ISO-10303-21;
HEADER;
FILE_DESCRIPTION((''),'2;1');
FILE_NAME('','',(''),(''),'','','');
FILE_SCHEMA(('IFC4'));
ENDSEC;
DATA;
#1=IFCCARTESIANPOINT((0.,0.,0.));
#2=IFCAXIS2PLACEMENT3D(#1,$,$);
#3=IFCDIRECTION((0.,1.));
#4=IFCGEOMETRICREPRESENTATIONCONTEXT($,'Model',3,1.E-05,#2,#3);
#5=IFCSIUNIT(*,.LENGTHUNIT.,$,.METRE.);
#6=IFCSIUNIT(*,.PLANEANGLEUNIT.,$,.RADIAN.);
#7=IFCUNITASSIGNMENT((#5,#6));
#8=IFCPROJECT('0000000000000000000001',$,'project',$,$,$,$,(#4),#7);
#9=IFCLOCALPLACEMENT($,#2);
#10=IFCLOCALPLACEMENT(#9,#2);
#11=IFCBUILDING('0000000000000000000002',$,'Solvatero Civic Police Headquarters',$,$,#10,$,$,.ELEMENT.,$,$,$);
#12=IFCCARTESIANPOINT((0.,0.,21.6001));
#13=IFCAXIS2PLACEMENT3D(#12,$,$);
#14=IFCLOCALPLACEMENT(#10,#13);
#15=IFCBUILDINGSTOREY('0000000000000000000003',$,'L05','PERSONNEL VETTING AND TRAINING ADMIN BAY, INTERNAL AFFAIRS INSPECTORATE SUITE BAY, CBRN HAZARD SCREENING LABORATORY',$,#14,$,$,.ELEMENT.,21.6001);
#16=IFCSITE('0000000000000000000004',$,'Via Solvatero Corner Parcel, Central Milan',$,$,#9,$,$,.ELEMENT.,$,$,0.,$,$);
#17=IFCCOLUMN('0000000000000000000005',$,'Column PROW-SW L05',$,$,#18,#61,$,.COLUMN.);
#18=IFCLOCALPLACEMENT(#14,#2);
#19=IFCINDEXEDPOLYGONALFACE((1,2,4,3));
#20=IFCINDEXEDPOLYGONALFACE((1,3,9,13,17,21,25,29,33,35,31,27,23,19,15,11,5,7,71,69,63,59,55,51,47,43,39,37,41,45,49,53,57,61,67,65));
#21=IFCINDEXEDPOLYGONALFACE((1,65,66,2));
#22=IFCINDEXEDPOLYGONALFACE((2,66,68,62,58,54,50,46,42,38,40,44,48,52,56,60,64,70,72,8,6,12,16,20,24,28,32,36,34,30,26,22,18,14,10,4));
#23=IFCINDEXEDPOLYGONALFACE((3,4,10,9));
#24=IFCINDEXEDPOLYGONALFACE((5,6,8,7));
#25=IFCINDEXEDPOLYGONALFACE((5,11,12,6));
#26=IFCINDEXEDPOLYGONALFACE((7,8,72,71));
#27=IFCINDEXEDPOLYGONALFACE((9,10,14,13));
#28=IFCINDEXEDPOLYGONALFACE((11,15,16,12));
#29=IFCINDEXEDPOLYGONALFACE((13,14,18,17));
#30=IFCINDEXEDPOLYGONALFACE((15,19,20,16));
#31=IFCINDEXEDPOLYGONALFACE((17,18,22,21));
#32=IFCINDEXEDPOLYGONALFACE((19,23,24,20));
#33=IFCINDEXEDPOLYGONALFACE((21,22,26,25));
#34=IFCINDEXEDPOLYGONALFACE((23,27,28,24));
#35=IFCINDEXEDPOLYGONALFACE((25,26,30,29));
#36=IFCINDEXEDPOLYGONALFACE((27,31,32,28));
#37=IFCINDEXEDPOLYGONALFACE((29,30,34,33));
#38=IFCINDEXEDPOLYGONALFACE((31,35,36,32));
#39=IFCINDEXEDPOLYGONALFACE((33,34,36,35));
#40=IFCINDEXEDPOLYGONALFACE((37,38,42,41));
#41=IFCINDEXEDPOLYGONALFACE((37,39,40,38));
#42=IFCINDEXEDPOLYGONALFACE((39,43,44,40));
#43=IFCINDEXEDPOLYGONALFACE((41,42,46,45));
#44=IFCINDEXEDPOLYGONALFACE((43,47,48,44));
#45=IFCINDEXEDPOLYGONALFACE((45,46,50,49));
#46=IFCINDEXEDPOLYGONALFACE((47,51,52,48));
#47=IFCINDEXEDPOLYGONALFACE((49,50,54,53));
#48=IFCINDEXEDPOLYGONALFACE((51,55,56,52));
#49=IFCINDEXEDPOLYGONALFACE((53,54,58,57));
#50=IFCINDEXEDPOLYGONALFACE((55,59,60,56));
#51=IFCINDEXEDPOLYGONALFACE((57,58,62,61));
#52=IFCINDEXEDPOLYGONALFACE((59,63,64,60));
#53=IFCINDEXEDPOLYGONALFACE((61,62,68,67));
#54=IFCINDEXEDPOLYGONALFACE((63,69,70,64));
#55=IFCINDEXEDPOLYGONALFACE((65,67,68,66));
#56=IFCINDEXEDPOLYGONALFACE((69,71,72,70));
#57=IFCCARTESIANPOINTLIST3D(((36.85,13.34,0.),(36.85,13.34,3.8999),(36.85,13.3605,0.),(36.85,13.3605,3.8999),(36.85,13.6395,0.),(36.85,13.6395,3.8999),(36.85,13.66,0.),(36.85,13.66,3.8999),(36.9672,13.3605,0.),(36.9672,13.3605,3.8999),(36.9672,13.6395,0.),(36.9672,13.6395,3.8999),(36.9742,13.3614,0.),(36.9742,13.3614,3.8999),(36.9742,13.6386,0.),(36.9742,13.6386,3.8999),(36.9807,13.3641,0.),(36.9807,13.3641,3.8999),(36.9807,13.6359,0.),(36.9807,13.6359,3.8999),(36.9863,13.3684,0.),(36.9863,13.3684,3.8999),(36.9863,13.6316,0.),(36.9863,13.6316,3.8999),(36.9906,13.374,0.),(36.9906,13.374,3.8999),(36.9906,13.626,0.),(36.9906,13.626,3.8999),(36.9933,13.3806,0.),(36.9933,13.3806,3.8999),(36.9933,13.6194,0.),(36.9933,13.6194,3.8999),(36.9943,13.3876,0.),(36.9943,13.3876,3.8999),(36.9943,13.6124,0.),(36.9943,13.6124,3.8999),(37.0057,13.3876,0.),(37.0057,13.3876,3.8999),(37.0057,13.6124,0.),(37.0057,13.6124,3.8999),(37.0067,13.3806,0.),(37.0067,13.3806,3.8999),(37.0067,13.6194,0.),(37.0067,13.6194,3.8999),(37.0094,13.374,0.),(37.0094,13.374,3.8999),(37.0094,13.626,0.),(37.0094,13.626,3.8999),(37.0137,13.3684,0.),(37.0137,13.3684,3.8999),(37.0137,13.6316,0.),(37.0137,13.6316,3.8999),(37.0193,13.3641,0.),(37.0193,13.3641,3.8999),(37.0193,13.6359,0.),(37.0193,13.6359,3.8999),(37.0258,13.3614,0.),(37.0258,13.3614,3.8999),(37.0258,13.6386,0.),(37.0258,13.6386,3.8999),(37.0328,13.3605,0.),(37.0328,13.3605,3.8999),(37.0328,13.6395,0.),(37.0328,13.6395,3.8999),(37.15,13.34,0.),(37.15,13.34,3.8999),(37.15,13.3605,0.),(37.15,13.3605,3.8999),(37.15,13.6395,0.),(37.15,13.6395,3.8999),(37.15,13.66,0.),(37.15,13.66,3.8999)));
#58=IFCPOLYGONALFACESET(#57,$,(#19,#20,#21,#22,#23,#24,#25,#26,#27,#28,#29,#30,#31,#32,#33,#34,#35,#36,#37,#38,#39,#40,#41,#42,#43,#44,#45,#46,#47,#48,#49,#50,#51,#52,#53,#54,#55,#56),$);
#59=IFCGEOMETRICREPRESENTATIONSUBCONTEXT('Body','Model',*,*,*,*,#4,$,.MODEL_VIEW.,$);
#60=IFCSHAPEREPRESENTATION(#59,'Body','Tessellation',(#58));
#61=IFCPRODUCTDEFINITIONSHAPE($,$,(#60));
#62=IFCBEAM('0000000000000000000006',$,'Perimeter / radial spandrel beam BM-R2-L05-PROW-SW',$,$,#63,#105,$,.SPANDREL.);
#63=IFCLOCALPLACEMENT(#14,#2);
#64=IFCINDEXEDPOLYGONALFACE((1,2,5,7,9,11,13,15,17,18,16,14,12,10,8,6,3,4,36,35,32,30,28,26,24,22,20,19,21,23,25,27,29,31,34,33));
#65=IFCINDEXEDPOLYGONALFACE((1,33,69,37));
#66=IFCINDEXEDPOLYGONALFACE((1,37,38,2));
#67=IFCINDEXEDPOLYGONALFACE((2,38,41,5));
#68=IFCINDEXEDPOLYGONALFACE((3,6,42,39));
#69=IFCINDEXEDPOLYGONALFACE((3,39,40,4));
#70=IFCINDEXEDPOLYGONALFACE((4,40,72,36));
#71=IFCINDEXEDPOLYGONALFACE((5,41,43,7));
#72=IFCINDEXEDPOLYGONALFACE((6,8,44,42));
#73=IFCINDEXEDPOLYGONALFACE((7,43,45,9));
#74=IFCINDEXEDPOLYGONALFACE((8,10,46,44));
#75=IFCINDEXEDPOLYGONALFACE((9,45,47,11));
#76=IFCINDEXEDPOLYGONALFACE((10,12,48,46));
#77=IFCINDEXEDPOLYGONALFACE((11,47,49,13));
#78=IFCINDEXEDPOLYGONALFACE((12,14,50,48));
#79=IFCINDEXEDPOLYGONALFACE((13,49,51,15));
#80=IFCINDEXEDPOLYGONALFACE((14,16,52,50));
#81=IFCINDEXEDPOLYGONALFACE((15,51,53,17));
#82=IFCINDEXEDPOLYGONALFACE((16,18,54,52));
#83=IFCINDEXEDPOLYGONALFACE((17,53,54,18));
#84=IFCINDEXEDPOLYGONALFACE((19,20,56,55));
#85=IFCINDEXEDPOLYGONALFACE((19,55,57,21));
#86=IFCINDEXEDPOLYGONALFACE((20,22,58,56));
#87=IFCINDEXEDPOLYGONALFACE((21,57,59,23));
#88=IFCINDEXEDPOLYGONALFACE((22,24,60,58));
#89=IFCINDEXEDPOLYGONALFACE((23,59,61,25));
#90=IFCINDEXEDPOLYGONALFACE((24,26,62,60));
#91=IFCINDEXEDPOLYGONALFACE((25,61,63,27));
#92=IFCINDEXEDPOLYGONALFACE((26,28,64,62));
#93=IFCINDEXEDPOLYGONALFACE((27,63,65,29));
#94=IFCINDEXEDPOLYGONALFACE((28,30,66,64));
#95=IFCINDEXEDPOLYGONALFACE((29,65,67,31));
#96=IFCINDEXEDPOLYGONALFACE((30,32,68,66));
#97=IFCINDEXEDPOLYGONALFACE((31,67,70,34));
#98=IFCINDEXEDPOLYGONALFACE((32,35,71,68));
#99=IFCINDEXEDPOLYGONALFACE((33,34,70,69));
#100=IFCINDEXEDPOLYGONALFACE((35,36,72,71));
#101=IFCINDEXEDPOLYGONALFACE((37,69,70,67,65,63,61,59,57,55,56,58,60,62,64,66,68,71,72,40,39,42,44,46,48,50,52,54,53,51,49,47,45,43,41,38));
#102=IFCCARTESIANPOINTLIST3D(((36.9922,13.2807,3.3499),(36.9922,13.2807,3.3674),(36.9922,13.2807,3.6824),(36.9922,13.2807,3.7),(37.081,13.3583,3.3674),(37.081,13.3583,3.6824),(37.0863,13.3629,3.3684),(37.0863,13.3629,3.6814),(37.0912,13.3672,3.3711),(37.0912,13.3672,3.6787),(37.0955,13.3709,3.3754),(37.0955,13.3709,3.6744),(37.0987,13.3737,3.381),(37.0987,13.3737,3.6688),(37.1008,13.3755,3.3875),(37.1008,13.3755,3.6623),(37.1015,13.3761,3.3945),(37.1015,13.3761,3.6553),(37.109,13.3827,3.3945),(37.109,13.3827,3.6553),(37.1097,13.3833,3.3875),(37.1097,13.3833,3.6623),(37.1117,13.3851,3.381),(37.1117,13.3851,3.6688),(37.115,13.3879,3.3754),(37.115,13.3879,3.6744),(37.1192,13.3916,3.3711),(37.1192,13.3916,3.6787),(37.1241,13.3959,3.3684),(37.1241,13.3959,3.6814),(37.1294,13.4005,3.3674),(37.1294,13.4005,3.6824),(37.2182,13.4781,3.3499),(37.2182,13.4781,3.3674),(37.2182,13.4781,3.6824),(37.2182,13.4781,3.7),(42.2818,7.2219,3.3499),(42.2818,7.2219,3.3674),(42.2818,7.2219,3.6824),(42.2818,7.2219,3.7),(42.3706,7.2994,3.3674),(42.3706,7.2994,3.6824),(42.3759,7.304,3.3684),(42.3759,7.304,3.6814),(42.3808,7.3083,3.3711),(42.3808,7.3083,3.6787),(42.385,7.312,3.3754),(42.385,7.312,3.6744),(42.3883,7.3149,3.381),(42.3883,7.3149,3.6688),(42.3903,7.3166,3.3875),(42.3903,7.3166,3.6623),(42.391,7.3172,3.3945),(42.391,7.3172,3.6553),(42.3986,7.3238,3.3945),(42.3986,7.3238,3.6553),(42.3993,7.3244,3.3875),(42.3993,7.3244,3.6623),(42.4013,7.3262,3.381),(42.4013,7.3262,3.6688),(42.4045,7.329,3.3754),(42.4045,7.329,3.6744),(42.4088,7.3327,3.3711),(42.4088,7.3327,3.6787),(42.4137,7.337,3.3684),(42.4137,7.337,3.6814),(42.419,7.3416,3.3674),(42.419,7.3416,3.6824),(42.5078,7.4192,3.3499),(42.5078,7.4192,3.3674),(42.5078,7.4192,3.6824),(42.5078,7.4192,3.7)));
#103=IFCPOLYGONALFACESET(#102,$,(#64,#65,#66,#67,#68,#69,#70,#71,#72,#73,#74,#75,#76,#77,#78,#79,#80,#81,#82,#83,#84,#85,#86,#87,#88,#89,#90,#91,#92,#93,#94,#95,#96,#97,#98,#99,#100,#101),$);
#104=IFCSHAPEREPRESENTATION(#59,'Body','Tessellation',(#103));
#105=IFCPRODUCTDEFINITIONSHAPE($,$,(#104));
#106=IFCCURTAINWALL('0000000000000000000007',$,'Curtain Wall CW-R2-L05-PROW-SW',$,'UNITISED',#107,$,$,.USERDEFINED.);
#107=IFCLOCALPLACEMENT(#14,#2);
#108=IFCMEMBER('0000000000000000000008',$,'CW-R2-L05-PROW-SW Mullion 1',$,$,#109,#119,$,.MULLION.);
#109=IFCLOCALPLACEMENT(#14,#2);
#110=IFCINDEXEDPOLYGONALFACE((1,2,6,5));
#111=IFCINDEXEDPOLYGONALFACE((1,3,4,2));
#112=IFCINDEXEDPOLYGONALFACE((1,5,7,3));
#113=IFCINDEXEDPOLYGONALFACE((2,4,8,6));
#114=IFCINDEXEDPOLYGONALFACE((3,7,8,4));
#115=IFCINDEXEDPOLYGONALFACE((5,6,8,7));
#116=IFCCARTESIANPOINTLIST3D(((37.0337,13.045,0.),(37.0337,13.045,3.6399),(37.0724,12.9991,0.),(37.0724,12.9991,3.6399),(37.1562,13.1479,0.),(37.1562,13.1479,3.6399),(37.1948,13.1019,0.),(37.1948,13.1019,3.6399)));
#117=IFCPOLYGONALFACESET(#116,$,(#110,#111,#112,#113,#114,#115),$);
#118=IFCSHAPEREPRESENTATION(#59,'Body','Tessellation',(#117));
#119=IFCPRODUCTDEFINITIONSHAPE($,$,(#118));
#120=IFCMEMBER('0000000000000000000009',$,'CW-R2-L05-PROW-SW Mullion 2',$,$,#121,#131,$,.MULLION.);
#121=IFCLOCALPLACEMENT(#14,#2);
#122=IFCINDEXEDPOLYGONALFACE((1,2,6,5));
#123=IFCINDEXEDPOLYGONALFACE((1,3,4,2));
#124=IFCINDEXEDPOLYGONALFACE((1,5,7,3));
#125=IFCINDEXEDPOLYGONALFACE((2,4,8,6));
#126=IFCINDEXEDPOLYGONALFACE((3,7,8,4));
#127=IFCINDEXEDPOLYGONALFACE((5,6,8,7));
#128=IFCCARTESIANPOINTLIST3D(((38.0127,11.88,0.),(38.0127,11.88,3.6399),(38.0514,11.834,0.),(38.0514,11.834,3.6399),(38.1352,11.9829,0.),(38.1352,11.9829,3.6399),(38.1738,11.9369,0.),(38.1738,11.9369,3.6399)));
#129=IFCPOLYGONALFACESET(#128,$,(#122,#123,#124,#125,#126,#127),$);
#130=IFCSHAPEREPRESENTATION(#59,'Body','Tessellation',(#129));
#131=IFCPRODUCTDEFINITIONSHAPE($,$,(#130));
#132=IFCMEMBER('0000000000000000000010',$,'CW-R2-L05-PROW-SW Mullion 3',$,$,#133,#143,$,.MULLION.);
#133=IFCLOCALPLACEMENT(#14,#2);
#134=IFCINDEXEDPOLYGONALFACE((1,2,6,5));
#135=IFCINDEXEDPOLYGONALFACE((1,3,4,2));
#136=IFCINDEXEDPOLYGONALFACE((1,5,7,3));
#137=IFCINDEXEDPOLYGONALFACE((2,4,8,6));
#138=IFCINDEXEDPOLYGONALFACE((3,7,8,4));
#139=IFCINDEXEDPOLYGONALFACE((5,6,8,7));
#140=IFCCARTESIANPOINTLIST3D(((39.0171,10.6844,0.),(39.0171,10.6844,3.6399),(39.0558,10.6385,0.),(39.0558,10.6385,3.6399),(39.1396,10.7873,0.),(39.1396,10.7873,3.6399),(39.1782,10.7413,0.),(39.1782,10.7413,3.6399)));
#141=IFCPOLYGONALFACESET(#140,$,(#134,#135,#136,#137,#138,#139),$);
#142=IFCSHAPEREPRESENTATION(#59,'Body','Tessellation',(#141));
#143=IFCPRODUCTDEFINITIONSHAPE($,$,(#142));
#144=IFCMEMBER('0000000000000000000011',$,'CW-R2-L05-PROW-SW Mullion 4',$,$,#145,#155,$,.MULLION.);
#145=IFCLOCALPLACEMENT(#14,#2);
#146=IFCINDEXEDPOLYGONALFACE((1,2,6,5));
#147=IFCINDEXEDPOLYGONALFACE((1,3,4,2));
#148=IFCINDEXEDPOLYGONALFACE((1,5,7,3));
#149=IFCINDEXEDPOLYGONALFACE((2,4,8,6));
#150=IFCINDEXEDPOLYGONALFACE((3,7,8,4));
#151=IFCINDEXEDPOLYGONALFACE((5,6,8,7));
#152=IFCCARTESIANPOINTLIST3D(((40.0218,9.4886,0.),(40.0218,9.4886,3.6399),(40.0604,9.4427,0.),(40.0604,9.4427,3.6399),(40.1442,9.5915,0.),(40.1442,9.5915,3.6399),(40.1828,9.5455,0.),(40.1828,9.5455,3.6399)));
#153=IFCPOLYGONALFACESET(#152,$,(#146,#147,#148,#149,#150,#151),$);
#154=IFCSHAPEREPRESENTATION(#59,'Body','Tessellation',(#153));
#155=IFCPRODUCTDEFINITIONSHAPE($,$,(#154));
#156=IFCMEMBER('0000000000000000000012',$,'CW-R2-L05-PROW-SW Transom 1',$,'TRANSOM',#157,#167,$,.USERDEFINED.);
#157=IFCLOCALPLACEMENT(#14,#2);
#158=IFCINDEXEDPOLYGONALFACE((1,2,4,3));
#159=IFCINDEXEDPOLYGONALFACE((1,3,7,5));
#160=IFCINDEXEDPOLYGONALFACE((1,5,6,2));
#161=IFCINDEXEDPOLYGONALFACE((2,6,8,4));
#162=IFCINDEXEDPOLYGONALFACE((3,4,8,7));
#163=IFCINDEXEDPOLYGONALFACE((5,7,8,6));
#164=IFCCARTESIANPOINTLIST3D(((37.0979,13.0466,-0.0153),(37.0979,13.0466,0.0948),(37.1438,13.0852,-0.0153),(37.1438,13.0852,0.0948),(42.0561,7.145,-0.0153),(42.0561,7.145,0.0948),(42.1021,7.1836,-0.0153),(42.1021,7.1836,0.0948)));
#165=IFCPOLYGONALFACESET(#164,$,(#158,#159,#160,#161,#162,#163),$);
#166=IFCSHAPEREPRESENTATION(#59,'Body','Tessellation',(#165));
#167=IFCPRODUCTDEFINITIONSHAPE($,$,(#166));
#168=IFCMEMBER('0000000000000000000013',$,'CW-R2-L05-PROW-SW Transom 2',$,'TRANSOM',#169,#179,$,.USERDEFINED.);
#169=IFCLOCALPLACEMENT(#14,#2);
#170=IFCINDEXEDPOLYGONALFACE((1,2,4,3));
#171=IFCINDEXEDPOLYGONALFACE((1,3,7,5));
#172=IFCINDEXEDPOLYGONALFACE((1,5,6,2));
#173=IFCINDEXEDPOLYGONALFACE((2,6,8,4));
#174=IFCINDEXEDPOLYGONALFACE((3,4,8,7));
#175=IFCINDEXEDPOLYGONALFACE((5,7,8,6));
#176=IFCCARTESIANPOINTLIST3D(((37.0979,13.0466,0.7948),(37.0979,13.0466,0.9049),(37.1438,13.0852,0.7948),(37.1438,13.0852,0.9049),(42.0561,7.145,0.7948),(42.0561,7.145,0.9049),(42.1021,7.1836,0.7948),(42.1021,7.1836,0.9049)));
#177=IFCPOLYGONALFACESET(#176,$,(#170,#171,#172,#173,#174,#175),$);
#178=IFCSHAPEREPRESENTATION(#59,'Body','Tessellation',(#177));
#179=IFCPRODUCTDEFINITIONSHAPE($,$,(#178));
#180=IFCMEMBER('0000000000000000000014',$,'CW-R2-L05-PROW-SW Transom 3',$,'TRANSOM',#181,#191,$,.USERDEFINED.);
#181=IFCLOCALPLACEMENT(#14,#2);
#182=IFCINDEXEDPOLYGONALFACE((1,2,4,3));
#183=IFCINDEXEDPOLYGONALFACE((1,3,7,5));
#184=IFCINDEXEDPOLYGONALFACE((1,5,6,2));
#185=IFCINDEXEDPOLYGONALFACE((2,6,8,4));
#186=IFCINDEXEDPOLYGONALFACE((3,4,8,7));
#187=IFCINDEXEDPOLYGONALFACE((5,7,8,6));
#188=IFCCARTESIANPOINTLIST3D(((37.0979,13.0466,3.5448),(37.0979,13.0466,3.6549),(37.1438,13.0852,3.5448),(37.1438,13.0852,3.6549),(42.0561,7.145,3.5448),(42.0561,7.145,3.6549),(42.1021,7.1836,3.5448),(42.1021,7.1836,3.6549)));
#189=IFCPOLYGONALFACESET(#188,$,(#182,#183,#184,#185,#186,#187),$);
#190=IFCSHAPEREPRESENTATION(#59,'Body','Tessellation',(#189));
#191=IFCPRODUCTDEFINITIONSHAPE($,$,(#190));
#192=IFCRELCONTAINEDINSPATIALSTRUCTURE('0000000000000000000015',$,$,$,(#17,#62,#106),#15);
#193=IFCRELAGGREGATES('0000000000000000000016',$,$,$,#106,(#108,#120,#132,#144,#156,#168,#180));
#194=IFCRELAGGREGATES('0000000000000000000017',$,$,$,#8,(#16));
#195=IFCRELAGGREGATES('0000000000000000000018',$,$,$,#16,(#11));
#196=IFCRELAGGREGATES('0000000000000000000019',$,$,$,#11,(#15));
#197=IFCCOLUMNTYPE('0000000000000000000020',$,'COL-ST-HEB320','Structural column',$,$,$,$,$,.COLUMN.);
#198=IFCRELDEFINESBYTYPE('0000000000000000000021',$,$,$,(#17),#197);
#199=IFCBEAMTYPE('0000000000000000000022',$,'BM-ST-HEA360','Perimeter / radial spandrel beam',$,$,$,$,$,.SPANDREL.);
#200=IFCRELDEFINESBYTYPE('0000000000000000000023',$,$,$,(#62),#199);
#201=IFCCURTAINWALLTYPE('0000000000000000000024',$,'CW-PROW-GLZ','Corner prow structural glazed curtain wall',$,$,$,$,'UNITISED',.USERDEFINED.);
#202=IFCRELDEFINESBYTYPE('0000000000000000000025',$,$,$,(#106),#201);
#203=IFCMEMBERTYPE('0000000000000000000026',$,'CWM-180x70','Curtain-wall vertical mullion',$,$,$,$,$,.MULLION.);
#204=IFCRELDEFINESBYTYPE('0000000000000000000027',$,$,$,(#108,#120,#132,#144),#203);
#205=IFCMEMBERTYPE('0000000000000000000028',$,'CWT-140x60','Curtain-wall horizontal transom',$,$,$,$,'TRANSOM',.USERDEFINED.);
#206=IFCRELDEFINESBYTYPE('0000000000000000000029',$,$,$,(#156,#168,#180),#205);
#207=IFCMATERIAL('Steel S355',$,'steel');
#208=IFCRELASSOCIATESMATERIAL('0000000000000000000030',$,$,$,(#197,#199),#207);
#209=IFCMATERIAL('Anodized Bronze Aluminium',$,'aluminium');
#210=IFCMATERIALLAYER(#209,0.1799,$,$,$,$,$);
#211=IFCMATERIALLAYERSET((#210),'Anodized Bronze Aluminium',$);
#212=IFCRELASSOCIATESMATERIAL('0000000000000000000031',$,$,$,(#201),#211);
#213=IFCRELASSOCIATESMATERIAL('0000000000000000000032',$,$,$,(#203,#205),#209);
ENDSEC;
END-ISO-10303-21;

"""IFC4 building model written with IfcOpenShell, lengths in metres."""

from ifc_helpers import new_model, si_unit, direction, frame, origin, origin_2d, place, context, subcontext, project, spatial, rectangle, i_section, extrude, material, layer, layer_set, material_profile, profile_set, type_object, element, aggregate, save


model = new_model("IFC4")

# Units and contexts
model_context = context("Model", 3, precision=1e-05, world=origin(), true_north=direction((0.0, 1.0)))
body_context = subcontext(model_context, "Body", "Model", "MODEL_VIEW")
ifc_project = project(units=[si_unit("LENGTHUNIT", "METRE"), si_unit("PLANEANGLEUNIT", "RADIAN")], contexts=[model_context])

# Site, building, storey
site_placement = place(None, origin())
site = spatial("IfcSite", under=ifc_project, at=site_placement, Name="Via Solvatero Corner Parcel, Central Milan", CompositionType="ELEMENT", RefElevation=0.0)
building_placement = place(site_placement, origin())
building = spatial("IfcBuilding", under=site, at=building_placement, Name="Solvatero Civic Police Headquarters", CompositionType="ELEMENT")
storey_placement = place(building_placement, frame((0.0, 0.0, 21.6001)))
storey = spatial("IfcBuildingStorey", under=building, at=storey_placement, Name="L05", Description="PERSONNEL VETTING AND TRAINING ADMIN BAY, INTERNAL AFFAIRS INSPECTORATE SUITE BAY, CBRN HAZARD SCREENING LABORATORY", CompositionType="ELEMENT", Elevation=21.6001)

# Column
ifc_material_1 = material(Name="Steel S355", Category="steel")
ifc_material_profile_1 = material_profile(ifc_material_1, i_section(OverallWidth=0.3, OverallDepth=0.3201, WebThickness=0.0115, FlangeThickness=0.0205, FilletRadius=0.0271, at=origin_2d()), Name="HEB 320")
ifc_profile_set_1 = profile_set([ifc_material_profile_1], Name="Steel S355")
column_type = type_object("IfcColumnType", Name="COL-ST-HEB320", Description="Structural column", PredefinedType="COLUMN", material=ifc_profile_set_1)
column_placement = place(storey_placement, frame((37.0, 13.5, 0.0), z_axis=(0.0, 0.0, 1.0), x_axis=(1.0, 0.0, 0.0)))
element("IfcColumn", 1, at=column_placement, inside=storey, type_object=column_type, Name="Column PROW-SW L05", PredefinedType="COLUMN", context=body_context, shape_type="SweptSolid", body=[
    extrude(i_section(OverallWidth=0.3, OverallDepth=0.3201, WebThickness=0.0115, FlangeThickness=0.0205, FilletRadius=0.0271, at=origin_2d()), origin(), (0.0, 0.0, 1.0), 3.8999),
])

# Beam
ifc_material_profile_2 = material_profile(ifc_material_1, i_section(OverallWidth=0.3, OverallDepth=0.3501, WebThickness=0.01, FlangeThickness=0.0176, FilletRadius=0.0271, at=origin_2d()), Name="HEA 360")
ifc_profile_set_2 = profile_set([ifc_material_profile_2], Name="Steel S355")
beam_type = type_object("IfcBeamType", Name="BM-ST-HEA360", Description="Perimeter / radial spandrel beam", PredefinedType="SPANDREL", material=ifc_profile_set_2)
beam_placement = place(storey_placement, frame((37.1052, 13.3794, 3.5249), z_axis=(0.657664, -0.753311, 0.0), x_axis=(0.753311, 0.657664, 0.0)))
element("IfcBeam", 2, at=beam_placement, inside=storey, type_object=beam_type, Name="Perimeter / radial spandrel beam BM-R2-L05-PROW-SW", PredefinedType="SPANDREL", context=body_context, shape_type="SweptSolid", body=[
    extrude(i_section(OverallWidth=0.3, OverallDepth=0.3501, WebThickness=0.01, FlangeThickness=0.0176, FilletRadius=0.0271, at=origin_2d()), origin(), (0.0, 0.0, 1.0), 8.043),
])

# Curtain wall, members
ifc_material_2 = material(Name="Anodized Bronze Aluminium", Category="aluminium")
ifc_layer_1 = layer(ifc_material_2, 0.1799)
ifc_layer_set_1 = layer_set([ifc_layer_1], Name="Anodized Bronze Aluminium")
curtain_wall_type = type_object("IfcCurtainWallType", Name="CW-PROW-GLZ", Description="Corner prow structural glazed curtain wall", ElementType="UNITISED", PredefinedType="USERDEFINED", material=ifc_layer_set_1)
curtain_wall_placement = place(storey_placement, origin())
curtain_wall = element("IfcCurtainWall", 3, at=curtain_wall_placement, inside=storey, type_object=curtain_wall_type, Name="Curtain Wall CW-R2-L05-PROW-SW", ObjectType="UNITISED", PredefinedType="USERDEFINED")
ifc_material_profile_3 = material_profile(ifc_material_2, rectangle(XDim=0.0601, YDim=0.1599, at=origin_2d()), Name="ALU MULLION 60x160")
ifc_profile_set_3 = profile_set([ifc_material_profile_3], Name="Anodized Bronze Aluminium")
member_type_1 = type_object("IfcMemberType", Name="CWM-180x70", Description="Curtain-wall vertical mullion", PredefinedType="MULLION", material=ifc_profile_set_3)
member_1_placement = place(storey_placement, frame((37.1143, 13.0735, 0.0), z_axis=(0.0, 0.0, 1.0), x_axis=(0.643282, -0.765629, 0.0)))
member_1 = element("IfcMember", 4, at=member_1_placement, type_object=member_type_1, Name="CW-R2-L05-PROW-SW Mullion 1", PredefinedType="MULLION", context=body_context, shape_type="SweptSolid", body=[
    extrude(rectangle(XDim=0.0601, YDim=0.1599, at=origin_2d()), origin(), (0.0, 0.0, 1.0), 3.6399),
])
member_2_placement = place(storey_placement, frame((38.0933, 11.9084, 0.0), z_axis=(0.0, 0.0, 1.0), x_axis=(0.643282, -0.765629, 0.0)))
member_2 = element("IfcMember", 5, at=member_2_placement, type_object=member_type_1, Name="CW-R2-L05-PROW-SW Mullion 2", PredefinedType="MULLION", context=body_context, shape_type="SweptSolid", body=[
    extrude(rectangle(XDim=0.0601, YDim=0.1599, at=origin_2d()), origin(), (0.0, 0.0, 1.0), 3.6399),
])
member_3_placement = place(storey_placement, frame((39.0977, 10.7129, 0.0), z_axis=(0.0, 0.0, 1.0), x_axis=(0.643282, -0.765629, 0.0)))
member_3 = element("IfcMember", 6, at=member_3_placement, type_object=member_type_1, Name="CW-R2-L05-PROW-SW Mullion 3", PredefinedType="MULLION", context=body_context, shape_type="SweptSolid", body=[
    extrude(rectangle(XDim=0.0601, YDim=0.1599, at=origin_2d()), origin(), (0.0, 0.0, 1.0), 3.6399),
])
member_4_placement = place(storey_placement, frame((40.1023, 9.5171, 0.0), z_axis=(0.0, 0.0, 1.0), x_axis=(0.643282, -0.765629, 0.0)))
member_4 = element("IfcMember", 7, at=member_4_placement, type_object=member_type_1, Name="CW-R2-L05-PROW-SW Mullion 4", PredefinedType="MULLION", context=body_context, shape_type="SweptSolid", body=[
    extrude(rectangle(XDim=0.0601, YDim=0.1599, at=origin_2d()), origin(), (0.0, 0.0, 1.0), 3.6399),
])
ifc_material_profile_4 = material_profile(ifc_material_2, rectangle(XDim=0.0601, YDim=0.1101, at=origin_2d()), Name="ALU TRANSOM 60x110")
ifc_profile_set_4 = profile_set([ifc_material_profile_4], Name="Anodized Bronze Aluminium")
member_type_2 = type_object("IfcMemberType", Name="CWT-140x60", Description="Curtain-wall horizontal transom", ElementType="TRANSOM", PredefinedType="USERDEFINED", material=ifc_profile_set_4)
member_5_placement = place(storey_placement, frame((37.1208, 13.0659, 0.0398), z_axis=(0.64326, -0.765647, 0.0), x_axis=(0.765647, 0.64326, 0.0)))
member_5 = element("IfcMember", 8, at=member_5_placement, type_object=member_type_2, Name="CW-R2-L05-PROW-SW Transom 1", ObjectType="TRANSOM", PredefinedType="USERDEFINED", context=body_context, shape_type="SweptSolid", body=[
    extrude(rectangle(XDim=0.0601, YDim=0.1101, at=origin_2d()), origin(), (0.0, 0.0, 1.0), 7.708),
])
member_6_placement = place(storey_placement, frame((37.1208, 13.0659, 0.8499), z_axis=(0.64326, -0.765647, 0.0), x_axis=(0.765647, 0.64326, 0.0)))
member_6 = element("IfcMember", 9, at=member_6_placement, type_object=member_type_2, Name="CW-R2-L05-PROW-SW Transom 2", ObjectType="TRANSOM", PredefinedType="USERDEFINED", context=body_context, shape_type="SweptSolid", body=[
    extrude(rectangle(XDim=0.0601, YDim=0.1101, at=origin_2d()), origin(), (0.0, 0.0, 1.0), 7.708),
])
member_7_placement = place(storey_placement, frame((37.1208, 13.0659, 3.5999), z_axis=(0.64326, -0.765647, 0.0), x_axis=(0.765647, 0.64326, 0.0)))
member_7 = element("IfcMember", 10, at=member_7_placement, type_object=member_type_2, Name="CW-R2-L05-PROW-SW Transom 3", ObjectType="TRANSOM", PredefinedType="USERDEFINED", context=body_context, shape_type="SweptSolid", body=[
    extrude(rectangle(XDim=0.0601, YDim=0.1101, at=origin_2d()), origin(), (0.0, 0.0, 1.0), 7.708),
])
aggregate(curtain_wall, [member_1, member_2, member_3, member_4, member_5, member_6, member_7])

save(model, "model.ifc")
